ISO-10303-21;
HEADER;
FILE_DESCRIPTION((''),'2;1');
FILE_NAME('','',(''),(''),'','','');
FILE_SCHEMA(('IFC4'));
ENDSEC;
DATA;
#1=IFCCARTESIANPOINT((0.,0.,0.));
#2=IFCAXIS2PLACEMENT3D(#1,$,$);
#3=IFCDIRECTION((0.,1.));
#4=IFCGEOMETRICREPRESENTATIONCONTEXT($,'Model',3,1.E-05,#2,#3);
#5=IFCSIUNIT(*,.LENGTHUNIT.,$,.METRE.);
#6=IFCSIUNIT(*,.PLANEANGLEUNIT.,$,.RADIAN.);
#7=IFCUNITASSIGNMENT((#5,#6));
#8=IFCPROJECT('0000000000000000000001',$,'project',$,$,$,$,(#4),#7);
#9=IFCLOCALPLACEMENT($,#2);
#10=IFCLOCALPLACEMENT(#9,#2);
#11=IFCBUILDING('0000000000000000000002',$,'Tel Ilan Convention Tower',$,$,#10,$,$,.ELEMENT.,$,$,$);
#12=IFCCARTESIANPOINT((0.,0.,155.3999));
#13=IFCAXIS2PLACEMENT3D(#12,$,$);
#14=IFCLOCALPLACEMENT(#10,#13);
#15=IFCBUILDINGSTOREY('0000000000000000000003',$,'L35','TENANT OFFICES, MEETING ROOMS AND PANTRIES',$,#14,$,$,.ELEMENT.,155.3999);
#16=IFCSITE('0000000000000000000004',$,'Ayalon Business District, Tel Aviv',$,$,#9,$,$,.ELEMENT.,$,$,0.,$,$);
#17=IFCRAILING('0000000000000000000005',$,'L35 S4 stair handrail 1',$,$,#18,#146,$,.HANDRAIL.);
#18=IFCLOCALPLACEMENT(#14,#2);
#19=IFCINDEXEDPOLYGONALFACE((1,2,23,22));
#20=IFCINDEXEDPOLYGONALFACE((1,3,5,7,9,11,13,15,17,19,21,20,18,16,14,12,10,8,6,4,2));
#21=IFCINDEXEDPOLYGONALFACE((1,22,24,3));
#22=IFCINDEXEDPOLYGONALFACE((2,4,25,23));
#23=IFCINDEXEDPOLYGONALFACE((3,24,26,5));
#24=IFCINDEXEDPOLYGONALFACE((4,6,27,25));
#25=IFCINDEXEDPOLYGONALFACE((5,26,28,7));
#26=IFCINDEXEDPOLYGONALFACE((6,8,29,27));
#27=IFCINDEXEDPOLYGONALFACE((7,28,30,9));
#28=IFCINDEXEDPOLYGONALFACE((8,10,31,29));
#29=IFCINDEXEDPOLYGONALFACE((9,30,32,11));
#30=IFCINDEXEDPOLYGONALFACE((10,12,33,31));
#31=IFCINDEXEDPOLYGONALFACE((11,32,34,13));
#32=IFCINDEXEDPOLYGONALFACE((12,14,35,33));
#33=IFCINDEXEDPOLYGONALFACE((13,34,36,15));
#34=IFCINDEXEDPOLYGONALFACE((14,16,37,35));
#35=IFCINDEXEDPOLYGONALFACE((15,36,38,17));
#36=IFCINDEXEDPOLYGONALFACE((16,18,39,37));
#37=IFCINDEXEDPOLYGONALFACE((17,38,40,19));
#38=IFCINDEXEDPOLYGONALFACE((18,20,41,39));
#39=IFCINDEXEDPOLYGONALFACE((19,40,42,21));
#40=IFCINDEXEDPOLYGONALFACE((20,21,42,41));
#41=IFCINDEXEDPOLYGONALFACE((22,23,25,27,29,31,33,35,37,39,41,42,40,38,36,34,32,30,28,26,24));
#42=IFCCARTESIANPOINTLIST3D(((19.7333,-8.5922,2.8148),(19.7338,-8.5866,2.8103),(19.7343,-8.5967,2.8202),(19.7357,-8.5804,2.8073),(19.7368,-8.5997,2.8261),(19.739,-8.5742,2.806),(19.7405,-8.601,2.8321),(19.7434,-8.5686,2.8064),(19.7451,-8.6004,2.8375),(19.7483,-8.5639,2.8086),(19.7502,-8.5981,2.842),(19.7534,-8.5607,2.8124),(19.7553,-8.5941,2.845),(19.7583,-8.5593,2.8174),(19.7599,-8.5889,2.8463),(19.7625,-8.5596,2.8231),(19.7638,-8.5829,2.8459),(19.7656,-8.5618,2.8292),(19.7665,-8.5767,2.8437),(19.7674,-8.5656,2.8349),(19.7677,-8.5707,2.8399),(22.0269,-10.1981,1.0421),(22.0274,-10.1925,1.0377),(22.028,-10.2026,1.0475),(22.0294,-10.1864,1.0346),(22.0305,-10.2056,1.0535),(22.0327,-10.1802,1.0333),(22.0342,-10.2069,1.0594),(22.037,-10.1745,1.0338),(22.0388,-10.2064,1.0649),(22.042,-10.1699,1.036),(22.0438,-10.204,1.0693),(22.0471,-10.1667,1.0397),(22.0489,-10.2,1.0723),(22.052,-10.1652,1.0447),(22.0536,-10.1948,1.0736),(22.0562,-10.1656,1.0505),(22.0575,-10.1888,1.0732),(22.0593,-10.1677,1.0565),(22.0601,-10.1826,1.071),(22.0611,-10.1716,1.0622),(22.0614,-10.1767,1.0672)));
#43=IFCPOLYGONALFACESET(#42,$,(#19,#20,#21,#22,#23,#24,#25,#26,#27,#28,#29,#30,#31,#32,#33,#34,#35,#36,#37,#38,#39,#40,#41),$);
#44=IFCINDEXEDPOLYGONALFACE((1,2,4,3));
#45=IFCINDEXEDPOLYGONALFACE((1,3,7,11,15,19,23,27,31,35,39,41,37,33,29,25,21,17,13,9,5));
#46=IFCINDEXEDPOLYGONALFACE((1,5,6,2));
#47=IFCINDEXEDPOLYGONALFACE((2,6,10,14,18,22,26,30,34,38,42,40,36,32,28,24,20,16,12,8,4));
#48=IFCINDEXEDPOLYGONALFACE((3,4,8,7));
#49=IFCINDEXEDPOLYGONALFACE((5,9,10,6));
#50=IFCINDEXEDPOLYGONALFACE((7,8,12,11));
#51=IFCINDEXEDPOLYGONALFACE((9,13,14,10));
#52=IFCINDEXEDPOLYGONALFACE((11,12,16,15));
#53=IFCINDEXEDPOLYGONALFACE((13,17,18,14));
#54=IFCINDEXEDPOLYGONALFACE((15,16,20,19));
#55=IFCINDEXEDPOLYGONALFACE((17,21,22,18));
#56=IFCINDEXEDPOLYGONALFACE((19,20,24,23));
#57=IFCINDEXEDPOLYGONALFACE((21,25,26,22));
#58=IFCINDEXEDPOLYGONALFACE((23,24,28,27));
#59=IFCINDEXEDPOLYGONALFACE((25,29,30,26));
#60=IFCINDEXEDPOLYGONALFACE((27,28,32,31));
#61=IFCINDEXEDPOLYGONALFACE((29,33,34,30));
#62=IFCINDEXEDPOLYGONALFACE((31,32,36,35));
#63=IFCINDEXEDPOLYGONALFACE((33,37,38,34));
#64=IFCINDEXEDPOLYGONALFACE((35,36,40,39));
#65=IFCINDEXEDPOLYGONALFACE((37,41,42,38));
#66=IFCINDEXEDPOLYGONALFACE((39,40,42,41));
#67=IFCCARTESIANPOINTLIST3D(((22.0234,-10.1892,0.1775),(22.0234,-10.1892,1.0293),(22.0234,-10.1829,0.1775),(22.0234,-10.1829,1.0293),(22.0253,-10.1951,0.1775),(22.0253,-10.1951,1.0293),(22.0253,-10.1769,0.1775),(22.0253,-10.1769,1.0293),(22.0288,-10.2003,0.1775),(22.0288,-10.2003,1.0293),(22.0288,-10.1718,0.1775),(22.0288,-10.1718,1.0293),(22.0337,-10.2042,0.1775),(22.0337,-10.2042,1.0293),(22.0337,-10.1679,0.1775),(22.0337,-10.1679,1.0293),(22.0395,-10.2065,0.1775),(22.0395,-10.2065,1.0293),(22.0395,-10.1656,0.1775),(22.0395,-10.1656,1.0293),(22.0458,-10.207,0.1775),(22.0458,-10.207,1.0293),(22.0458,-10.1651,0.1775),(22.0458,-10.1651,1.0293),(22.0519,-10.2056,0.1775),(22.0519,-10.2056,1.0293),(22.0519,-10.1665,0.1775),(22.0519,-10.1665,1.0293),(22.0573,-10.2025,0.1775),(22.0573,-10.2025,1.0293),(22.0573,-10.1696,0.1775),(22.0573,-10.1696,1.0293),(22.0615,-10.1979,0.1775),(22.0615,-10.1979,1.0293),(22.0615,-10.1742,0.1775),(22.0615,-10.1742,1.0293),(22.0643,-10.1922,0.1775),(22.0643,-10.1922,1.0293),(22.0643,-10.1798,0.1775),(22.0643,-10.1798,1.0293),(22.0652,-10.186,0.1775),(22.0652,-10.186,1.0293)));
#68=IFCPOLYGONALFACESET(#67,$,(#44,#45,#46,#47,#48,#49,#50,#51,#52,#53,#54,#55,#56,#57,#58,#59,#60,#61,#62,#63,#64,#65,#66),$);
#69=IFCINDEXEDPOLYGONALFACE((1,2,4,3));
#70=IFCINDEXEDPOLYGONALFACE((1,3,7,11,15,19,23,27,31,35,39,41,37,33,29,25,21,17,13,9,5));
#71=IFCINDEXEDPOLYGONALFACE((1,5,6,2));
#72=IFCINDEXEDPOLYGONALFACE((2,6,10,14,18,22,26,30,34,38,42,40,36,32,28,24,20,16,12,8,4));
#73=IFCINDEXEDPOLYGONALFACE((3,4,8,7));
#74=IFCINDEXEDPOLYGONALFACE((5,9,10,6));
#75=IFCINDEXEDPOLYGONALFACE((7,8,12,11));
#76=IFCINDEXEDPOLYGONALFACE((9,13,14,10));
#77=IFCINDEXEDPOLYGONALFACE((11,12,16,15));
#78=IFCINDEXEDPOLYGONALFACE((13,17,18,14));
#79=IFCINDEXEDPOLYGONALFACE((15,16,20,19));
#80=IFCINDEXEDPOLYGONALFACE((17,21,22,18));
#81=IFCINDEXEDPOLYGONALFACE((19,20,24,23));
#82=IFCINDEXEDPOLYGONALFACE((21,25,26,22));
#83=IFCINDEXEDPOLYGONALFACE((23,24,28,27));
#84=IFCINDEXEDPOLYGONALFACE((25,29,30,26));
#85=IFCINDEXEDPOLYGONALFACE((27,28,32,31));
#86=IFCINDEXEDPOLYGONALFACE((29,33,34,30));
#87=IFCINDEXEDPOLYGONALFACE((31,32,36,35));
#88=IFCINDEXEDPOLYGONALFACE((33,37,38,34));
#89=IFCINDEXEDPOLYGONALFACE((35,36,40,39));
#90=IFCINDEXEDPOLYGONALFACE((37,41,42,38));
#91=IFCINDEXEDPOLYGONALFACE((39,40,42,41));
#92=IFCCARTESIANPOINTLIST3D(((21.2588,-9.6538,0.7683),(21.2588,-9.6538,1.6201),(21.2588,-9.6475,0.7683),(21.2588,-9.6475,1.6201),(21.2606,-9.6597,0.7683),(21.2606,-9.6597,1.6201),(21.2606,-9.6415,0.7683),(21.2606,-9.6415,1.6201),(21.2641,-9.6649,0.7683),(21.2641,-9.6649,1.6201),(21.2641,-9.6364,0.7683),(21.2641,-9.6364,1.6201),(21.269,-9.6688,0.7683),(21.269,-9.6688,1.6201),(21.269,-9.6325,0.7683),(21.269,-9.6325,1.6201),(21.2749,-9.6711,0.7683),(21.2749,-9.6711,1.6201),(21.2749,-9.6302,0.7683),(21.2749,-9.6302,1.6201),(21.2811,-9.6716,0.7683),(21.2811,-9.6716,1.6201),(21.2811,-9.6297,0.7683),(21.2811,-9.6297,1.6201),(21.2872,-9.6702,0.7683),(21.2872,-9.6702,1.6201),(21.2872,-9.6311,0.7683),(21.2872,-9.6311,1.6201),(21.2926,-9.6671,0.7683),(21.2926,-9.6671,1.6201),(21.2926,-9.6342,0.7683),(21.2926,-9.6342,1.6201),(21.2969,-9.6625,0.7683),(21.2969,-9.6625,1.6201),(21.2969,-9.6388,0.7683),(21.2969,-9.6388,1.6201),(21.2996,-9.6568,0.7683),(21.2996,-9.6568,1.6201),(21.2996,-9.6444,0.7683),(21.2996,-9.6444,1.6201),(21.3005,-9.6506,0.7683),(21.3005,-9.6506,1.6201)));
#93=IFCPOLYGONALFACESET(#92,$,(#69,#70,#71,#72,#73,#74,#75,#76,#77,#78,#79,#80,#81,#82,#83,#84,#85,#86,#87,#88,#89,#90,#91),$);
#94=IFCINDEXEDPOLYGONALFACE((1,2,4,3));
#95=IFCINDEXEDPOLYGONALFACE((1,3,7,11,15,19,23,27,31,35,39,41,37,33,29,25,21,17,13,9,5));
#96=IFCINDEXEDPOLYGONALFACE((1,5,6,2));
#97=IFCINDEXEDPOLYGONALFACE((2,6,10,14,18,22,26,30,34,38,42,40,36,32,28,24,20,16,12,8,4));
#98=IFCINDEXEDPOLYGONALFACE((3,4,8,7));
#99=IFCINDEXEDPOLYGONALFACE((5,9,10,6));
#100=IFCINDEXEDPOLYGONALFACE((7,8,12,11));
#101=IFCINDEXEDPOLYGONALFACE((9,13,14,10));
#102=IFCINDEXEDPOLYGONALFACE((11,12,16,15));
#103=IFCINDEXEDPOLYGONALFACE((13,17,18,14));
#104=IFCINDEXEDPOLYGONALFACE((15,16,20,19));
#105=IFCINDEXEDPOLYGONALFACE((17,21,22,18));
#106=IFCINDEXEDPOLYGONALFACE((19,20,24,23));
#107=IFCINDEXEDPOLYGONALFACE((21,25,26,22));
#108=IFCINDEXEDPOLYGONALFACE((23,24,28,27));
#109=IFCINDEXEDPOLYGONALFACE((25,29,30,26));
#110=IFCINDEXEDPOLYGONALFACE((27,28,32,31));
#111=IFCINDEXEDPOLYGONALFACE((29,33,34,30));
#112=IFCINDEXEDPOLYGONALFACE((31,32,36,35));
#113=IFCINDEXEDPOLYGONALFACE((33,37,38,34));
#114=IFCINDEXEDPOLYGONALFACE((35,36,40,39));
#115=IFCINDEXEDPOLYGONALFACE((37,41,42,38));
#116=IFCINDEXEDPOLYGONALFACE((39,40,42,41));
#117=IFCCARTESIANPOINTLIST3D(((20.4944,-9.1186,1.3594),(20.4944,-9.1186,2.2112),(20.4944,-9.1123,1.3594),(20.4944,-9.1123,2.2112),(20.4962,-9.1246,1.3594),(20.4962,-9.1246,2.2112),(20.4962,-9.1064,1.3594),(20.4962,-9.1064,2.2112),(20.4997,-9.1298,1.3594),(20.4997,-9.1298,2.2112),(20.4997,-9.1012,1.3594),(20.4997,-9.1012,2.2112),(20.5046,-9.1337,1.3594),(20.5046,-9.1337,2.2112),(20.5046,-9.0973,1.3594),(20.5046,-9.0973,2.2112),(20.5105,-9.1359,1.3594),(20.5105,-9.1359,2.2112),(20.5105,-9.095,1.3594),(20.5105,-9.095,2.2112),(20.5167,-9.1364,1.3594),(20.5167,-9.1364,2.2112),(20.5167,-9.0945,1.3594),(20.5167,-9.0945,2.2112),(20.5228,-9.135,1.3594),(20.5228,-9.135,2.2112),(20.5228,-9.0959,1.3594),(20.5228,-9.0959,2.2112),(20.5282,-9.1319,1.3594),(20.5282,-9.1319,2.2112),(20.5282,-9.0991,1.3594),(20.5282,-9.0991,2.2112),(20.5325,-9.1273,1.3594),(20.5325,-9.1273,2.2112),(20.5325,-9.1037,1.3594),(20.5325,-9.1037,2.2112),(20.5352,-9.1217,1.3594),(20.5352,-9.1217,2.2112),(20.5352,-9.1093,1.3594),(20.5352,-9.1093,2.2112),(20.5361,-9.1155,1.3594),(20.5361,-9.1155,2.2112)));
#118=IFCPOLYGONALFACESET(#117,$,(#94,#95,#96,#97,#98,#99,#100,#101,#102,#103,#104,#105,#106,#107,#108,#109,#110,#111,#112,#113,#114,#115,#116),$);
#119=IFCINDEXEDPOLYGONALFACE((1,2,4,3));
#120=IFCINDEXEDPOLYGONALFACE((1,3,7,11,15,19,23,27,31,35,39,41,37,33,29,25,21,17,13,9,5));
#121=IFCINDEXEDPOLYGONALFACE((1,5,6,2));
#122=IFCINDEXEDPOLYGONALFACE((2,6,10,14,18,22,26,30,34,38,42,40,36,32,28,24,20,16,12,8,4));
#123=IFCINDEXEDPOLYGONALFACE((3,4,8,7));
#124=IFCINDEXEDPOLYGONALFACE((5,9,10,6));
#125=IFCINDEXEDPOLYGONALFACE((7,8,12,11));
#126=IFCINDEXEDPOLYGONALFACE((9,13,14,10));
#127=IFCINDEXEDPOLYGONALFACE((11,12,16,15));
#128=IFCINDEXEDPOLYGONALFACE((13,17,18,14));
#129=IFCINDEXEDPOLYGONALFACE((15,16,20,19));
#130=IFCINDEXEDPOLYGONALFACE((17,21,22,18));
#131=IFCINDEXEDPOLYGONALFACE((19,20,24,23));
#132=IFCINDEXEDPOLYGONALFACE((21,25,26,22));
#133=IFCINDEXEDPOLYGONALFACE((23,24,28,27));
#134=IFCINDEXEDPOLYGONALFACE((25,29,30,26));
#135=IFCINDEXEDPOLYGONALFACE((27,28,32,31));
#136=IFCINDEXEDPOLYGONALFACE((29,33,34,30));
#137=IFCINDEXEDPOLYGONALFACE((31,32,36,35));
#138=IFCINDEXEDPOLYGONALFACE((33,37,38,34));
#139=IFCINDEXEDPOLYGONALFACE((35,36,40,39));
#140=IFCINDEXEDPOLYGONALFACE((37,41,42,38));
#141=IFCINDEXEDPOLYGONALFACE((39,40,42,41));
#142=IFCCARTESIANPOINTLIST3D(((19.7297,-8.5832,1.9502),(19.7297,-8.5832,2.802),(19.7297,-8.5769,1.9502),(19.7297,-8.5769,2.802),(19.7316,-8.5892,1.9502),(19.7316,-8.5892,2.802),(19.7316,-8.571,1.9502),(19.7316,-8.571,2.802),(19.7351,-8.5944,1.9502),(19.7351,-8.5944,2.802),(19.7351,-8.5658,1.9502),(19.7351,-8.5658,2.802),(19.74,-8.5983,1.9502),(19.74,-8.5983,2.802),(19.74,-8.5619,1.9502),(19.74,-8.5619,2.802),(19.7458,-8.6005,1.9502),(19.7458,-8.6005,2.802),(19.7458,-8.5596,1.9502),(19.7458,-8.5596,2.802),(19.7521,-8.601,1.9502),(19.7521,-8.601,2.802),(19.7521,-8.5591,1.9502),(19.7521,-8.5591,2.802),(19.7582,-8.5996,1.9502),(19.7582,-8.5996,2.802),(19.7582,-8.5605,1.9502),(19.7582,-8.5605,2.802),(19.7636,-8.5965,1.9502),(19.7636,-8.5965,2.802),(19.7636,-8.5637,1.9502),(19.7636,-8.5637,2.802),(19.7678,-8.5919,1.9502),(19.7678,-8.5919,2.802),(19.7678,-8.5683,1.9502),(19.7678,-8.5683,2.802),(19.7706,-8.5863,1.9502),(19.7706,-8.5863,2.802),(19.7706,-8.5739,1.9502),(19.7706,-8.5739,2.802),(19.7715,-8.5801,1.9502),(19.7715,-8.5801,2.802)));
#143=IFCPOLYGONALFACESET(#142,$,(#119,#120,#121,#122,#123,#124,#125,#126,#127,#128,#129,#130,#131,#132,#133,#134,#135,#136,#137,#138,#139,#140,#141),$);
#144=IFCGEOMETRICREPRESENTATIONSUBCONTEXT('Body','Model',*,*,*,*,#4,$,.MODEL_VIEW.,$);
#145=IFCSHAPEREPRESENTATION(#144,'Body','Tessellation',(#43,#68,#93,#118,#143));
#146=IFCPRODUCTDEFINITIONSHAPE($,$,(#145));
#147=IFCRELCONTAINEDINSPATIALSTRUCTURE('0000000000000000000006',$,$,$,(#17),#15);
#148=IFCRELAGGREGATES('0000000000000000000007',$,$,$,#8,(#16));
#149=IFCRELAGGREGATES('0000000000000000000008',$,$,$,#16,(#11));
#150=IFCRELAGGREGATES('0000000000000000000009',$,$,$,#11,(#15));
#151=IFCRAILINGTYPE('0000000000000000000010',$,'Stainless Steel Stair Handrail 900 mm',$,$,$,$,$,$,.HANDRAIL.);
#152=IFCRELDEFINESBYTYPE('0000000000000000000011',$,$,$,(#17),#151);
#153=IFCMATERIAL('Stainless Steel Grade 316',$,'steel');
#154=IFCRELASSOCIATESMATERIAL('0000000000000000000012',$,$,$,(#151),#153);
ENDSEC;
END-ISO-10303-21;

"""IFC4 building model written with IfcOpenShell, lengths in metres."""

from ifc_helpers import new_model, si_unit, direction, frame, origin, origin_2d, place, context, subcontext, project, spatial, circle, extrude, material, type_object, element, save


model = new_model("IFC4")

# Units and contexts
model_context = context("Model", 3, precision=1e-05, world=origin(), true_north=direction((0.0, 1.0)))
body_context = subcontext(model_context, "Body", "Model", "MODEL_VIEW")
ifc_project = project(units=[si_unit("LENGTHUNIT", "METRE"), si_unit("PLANEANGLEUNIT", "RADIAN")], contexts=[model_context])

# Site, building, storey
site_placement = place(None, origin())
site = spatial("IfcSite", under=ifc_project, at=site_placement, Name="Ayalon Business District, Tel Aviv", CompositionType="ELEMENT", RefElevation=0.0)
building_placement = place(site_placement, origin())
building = spatial("IfcBuilding", under=site, at=building_placement, Name="Tel Ilan Convention Tower", CompositionType="ELEMENT")
storey_placement = place(building_placement, frame((0.0, 0.0, 155.3999)))
storey = spatial("IfcBuildingStorey", under=building, at=storey_placement, Name="L35", Description="TENANT OFFICES, MEETING ROOMS AND PANTRIES", CompositionType="ELEMENT", Elevation=155.3999)

# Railing
ifc_material_1 = material(Name="Stainless Steel Grade 316", Category="steel")
railing_type_1 = type_object("IfcRailingType", Name="Stainless Steel Stair Handrail 900 mm", PredefinedType="HANDRAIL", material=ifc_material_1)
railing_1_placement = place(storey_placement, frame((22.0442, -10.186, 0.1775)))
element("IfcRailing", 1, at=railing_1_placement, inside=storey, type_object=railing_type_1, Name="L35 S4 stair handrail 1", PredefinedType="HANDRAIL", context=body_context, shape_type="SweptSolid", body=[
    extrude(circle(Radius=0.0239, at=origin_2d()), frame((0.0, 0.0, 0.876), z_axis=(-0.692123, 0.484597, 0.534913), x_axis=(-0.57355, -0.81917, 0.0)), (0.0, 0.0, 1.0), 3.314),
    extrude(circle(Radius=0.021, at=origin_2d()), origin(), (0.0, 0.0, 1.0), 0.8518),
    extrude(circle(Radius=0.021, at=origin_2d()), frame((-0.7646, 0.5354, 0.5908)), (0.0, 0.0, 1.0), 0.8518),
    extrude(circle(Radius=0.021, at=origin_2d()), frame((-1.5291, 1.0706, 1.1819)), (0.0, 0.0, 1.0), 0.8518),
    extrude(circle(Radius=0.021, at=origin_2d()), frame((-2.2937, 1.606, 1.7727)), (0.0, 0.0, 1.0), 0.8518),
])

save(model, "model.ifc")
